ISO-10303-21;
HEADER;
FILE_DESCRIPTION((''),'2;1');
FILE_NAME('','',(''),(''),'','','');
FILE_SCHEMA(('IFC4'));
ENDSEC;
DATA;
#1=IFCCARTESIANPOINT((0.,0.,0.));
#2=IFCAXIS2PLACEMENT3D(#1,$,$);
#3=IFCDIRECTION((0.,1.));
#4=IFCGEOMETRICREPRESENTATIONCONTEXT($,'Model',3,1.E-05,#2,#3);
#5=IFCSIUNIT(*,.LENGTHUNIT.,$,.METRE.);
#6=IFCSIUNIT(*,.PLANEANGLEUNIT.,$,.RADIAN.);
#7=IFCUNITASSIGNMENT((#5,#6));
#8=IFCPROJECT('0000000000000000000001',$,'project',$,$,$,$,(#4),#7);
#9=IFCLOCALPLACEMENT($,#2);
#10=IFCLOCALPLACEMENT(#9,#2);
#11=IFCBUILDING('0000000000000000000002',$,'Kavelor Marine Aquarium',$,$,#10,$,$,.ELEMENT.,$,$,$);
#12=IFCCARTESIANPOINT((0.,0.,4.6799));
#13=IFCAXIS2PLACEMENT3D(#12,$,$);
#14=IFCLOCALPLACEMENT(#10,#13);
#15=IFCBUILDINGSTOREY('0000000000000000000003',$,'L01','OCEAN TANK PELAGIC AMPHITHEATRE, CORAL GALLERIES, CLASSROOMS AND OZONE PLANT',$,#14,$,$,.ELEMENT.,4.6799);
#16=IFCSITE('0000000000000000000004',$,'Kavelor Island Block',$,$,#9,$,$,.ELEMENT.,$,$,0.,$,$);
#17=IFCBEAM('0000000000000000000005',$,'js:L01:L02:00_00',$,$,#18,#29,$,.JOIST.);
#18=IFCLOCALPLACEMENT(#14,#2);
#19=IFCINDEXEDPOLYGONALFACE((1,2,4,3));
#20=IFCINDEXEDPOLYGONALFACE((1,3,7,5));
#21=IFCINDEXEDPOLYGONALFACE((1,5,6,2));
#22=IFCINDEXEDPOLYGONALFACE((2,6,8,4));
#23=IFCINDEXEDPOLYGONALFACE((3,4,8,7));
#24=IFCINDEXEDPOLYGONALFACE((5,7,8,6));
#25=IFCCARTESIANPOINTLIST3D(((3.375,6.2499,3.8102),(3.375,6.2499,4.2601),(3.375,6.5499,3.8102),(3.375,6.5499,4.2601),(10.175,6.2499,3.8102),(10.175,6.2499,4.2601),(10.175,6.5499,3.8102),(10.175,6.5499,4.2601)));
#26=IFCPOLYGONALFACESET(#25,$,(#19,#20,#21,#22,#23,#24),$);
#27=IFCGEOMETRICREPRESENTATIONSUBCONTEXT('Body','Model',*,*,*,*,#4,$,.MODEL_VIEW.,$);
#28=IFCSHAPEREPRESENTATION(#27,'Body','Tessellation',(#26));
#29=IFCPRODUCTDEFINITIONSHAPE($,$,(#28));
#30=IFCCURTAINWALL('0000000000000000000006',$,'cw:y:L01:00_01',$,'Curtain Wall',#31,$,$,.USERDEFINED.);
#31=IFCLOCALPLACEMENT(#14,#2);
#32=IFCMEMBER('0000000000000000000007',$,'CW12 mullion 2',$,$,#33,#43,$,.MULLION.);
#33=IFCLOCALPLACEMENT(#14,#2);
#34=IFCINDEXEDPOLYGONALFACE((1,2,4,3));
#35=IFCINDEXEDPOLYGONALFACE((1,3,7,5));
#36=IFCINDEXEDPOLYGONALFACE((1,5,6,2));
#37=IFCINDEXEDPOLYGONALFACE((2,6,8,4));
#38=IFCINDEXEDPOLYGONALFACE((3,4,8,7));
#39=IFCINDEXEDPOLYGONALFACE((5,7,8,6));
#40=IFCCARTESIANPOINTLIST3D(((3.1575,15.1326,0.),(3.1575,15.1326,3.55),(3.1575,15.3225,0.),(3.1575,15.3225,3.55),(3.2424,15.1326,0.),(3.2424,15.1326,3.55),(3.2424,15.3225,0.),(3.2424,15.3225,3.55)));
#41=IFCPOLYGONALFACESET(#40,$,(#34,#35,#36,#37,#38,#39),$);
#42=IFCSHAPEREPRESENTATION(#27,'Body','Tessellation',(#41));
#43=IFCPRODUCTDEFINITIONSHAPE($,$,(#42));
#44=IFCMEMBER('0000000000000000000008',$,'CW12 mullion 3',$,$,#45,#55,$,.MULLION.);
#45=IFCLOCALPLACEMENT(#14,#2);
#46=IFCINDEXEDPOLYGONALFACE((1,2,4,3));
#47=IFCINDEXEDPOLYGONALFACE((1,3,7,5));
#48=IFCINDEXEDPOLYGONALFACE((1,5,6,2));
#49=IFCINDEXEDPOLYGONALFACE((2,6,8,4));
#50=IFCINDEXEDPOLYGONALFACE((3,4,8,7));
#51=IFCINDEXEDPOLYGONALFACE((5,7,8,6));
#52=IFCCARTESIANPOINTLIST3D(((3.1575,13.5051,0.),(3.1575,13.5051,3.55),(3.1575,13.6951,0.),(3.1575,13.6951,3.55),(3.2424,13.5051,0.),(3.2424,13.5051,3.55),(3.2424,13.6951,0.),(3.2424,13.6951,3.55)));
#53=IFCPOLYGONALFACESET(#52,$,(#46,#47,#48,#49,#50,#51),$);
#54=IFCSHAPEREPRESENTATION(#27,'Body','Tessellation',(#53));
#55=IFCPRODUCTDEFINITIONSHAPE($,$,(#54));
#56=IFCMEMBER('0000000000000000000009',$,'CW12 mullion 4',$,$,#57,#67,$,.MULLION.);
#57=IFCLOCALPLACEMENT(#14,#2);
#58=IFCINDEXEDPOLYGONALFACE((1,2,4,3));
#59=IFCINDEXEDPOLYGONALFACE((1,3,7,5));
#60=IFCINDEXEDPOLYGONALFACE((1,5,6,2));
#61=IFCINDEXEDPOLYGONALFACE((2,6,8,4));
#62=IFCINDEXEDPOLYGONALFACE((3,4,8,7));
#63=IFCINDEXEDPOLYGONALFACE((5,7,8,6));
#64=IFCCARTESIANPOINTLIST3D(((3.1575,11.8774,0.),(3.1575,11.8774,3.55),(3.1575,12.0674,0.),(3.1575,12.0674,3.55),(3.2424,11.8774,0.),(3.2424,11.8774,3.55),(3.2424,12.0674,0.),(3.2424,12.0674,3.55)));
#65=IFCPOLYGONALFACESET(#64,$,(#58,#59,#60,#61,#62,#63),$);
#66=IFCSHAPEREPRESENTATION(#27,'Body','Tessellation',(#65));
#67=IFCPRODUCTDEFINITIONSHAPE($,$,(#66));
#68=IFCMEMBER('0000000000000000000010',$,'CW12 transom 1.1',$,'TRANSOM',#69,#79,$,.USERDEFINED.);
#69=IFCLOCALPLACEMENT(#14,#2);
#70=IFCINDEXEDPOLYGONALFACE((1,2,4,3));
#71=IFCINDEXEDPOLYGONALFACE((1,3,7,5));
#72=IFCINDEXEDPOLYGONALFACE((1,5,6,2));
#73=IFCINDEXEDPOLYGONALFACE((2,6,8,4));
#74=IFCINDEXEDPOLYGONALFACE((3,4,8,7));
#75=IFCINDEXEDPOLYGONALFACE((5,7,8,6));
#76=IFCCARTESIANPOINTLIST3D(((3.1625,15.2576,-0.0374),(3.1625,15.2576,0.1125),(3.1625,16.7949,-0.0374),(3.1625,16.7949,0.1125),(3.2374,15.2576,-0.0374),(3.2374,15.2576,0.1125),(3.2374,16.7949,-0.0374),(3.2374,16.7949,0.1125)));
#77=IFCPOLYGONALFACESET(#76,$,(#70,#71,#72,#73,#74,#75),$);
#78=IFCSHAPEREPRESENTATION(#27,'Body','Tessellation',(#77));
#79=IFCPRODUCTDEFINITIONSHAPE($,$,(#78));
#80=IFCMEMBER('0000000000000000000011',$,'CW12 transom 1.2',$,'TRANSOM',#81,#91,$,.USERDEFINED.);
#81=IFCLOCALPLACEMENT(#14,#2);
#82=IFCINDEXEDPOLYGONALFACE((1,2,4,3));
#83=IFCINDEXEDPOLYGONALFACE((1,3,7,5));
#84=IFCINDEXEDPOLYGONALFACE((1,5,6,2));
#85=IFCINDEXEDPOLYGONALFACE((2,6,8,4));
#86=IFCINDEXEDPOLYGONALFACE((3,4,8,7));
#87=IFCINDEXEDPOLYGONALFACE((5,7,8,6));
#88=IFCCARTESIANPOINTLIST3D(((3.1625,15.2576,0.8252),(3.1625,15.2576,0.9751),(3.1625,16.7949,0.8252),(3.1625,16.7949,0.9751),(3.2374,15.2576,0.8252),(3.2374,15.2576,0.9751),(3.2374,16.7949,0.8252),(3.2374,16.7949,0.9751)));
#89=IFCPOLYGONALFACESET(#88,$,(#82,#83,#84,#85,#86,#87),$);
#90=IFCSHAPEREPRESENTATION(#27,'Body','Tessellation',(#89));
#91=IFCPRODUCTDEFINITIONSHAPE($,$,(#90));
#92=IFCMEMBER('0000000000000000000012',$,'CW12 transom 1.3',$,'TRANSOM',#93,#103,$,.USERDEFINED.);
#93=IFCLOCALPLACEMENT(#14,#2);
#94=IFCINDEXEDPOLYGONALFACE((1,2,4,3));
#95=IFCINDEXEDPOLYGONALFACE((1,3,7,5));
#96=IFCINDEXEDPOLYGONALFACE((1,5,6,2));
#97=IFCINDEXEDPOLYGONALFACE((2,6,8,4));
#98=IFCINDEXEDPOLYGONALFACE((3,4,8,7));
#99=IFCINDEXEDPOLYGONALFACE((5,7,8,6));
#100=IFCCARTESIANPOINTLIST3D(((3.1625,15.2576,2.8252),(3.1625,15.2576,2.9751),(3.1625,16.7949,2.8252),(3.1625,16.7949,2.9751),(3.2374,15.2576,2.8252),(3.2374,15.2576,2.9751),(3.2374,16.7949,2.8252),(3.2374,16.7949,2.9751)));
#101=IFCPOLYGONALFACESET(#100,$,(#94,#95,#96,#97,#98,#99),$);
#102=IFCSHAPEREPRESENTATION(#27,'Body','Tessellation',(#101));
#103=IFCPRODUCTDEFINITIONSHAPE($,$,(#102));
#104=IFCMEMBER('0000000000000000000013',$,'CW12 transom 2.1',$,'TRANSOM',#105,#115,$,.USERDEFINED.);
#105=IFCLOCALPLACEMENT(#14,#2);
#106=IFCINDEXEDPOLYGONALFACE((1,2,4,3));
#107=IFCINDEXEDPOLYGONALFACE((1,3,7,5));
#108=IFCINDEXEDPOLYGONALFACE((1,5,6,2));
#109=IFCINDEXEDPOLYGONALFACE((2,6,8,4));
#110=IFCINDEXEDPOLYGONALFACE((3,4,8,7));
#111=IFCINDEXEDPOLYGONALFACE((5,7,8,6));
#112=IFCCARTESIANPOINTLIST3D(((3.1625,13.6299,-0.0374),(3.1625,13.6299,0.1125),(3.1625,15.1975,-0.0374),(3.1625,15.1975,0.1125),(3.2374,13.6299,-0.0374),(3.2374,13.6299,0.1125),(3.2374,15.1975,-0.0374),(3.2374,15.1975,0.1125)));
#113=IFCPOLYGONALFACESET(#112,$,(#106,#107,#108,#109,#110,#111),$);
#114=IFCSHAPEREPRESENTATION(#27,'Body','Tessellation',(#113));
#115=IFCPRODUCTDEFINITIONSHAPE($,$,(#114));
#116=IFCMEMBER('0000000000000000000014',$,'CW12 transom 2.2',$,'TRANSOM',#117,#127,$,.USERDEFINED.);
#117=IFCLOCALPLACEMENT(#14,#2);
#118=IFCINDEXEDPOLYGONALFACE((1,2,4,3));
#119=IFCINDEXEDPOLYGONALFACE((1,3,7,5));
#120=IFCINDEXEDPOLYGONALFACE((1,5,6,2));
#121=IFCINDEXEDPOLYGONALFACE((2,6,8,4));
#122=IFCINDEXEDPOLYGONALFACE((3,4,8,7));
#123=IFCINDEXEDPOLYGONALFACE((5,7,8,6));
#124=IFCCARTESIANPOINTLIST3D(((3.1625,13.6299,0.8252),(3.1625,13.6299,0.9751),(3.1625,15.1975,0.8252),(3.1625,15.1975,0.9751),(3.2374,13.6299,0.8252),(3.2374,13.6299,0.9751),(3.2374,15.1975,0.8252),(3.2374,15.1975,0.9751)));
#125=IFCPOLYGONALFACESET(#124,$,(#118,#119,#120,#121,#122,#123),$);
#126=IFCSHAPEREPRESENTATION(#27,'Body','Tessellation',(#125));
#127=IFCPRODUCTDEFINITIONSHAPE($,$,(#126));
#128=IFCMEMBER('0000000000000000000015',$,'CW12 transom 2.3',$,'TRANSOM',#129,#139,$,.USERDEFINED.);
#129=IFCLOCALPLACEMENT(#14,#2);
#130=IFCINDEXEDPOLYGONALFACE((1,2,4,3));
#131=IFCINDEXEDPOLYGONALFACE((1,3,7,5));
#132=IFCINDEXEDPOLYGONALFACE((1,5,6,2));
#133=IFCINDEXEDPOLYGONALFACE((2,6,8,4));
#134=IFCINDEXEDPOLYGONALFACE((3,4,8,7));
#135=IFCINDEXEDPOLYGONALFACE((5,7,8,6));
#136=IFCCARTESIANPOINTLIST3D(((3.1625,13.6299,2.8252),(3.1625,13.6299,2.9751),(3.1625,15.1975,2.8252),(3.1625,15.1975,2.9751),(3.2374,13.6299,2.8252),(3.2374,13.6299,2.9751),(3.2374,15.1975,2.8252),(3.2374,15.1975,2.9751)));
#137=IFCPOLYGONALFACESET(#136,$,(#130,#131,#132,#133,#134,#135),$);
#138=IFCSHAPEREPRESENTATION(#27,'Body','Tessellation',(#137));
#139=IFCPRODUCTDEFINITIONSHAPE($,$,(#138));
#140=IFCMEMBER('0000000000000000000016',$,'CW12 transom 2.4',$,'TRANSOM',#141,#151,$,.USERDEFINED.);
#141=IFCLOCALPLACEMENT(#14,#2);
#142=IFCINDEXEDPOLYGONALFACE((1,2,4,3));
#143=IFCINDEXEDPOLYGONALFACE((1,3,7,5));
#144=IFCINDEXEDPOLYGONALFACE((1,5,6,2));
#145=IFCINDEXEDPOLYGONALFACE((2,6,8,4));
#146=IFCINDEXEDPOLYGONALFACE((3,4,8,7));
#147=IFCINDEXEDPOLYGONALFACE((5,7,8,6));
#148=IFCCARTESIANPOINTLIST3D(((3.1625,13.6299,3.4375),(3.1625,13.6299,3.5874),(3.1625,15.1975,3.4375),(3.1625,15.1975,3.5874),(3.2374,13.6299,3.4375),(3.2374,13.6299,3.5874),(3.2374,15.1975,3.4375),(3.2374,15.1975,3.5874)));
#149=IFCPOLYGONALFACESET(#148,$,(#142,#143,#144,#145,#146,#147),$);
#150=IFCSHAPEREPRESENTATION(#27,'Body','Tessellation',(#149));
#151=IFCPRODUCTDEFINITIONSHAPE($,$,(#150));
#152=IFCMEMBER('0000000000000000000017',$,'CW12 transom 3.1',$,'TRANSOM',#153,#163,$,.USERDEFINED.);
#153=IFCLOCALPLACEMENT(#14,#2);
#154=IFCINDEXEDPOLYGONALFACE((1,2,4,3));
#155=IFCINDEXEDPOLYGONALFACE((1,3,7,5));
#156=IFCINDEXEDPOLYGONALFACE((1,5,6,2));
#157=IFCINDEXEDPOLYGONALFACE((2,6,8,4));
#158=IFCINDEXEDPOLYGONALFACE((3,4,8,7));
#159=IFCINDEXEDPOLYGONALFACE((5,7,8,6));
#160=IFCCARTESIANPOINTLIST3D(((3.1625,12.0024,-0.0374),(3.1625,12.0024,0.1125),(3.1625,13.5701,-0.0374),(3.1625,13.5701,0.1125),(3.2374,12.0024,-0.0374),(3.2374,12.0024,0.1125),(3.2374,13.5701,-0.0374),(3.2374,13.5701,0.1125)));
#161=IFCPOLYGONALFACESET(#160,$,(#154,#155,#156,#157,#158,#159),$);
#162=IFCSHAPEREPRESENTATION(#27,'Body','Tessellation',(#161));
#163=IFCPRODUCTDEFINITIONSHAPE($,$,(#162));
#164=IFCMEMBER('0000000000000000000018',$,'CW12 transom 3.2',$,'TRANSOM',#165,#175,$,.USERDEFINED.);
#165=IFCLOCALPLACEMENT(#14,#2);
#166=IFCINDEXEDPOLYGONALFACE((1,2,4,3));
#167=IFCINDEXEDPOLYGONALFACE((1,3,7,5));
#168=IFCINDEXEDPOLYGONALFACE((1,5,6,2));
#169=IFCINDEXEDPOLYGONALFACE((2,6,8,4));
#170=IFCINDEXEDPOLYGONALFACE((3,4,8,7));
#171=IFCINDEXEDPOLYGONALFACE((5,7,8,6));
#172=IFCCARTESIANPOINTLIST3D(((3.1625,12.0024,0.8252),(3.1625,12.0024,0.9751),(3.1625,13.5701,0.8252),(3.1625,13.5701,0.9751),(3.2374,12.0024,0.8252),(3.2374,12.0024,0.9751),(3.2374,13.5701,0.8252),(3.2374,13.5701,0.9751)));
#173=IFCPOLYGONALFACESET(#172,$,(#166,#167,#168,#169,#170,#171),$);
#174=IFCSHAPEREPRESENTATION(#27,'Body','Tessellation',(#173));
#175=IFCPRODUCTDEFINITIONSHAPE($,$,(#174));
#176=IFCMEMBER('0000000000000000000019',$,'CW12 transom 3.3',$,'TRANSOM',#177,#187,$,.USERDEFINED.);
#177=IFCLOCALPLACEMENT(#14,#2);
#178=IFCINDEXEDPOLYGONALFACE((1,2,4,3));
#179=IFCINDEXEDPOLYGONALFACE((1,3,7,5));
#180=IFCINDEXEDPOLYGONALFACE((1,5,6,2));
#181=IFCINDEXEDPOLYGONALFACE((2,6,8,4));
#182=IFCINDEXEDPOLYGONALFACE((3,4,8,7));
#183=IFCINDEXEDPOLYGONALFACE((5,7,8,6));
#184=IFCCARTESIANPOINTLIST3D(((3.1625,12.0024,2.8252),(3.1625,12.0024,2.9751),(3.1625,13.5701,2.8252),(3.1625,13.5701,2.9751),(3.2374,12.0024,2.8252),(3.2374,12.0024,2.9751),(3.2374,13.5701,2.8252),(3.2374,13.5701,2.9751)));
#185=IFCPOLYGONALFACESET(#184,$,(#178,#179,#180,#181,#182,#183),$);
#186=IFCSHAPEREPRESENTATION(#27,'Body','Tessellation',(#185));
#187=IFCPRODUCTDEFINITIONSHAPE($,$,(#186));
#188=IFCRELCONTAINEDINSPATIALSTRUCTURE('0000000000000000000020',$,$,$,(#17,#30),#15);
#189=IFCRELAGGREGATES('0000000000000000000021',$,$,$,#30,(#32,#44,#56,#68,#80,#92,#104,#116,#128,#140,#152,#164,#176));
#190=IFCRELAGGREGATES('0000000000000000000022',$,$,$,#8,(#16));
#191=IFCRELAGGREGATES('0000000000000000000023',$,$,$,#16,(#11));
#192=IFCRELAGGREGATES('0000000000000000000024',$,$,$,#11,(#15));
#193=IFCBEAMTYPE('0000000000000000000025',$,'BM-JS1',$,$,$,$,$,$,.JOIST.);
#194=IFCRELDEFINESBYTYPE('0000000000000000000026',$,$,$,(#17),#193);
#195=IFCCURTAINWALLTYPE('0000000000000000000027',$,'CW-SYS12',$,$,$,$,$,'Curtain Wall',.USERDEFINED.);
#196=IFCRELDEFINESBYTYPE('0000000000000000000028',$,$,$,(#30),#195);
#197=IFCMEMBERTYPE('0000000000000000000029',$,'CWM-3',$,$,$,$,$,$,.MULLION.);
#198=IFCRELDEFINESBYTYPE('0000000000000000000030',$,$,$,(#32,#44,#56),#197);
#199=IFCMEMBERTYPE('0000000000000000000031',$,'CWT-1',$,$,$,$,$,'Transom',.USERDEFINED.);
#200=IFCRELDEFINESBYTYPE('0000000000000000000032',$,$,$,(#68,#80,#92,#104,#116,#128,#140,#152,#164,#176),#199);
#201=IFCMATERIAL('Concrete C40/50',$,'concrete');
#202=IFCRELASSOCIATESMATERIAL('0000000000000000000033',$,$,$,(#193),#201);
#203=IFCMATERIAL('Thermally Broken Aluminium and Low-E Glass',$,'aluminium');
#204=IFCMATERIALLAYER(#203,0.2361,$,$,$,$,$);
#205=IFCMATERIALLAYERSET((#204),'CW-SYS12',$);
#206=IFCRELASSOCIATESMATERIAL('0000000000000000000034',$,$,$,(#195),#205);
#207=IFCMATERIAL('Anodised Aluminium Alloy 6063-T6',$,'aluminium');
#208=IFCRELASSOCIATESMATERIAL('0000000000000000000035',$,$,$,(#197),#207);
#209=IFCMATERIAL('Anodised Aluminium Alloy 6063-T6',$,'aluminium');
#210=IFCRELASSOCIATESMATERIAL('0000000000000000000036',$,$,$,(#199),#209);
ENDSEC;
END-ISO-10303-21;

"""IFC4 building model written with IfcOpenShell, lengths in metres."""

from ifc_helpers import new_model, si_unit, direction, frame, origin, origin_2d, place, context, subcontext, project, spatial, rectangle, extrude, material, layer, layer_set, material_profile, profile_set, type_object, element, aggregate, save


model = new_model("IFC4")

# Units and contexts
model_context = context("Model", 3, precision=1e-05, world=origin(), true_north=direction((0.0, 1.0)))
body_context = subcontext(model_context, "Body", "Model", "MODEL_VIEW")
ifc_project = project(units=[si_unit("LENGTHUNIT", "METRE"), si_unit("PLANEANGLEUNIT", "RADIAN")], contexts=[model_context])

# Site, building, storey
site_placement = place(None, origin())
site = spatial("IfcSite", under=ifc_project, at=site_placement, Name="Kavelor Island Block", CompositionType="ELEMENT", RefElevation=0.0)
building_placement = place(site_placement, origin())
building = spatial("IfcBuilding", under=site, at=building_placement, Name="Kavelor Marine Aquarium", CompositionType="ELEMENT")
storey_placement = place(building_placement, frame((0.0, 0.0, 4.6799)))
storey = spatial("IfcBuildingStorey", under=building, at=storey_placement, Name="L01", Description="OCEAN TANK PELAGIC AMPHITHEATRE, CORAL GALLERIES, CLASSROOMS AND OZONE PLANT", CompositionType="ELEMENT", Elevation=4.6799)

# Beam
ifc_material_1 = material(Name="Concrete C40/50", Category="concrete")
ifc_material_profile_1 = material_profile(ifc_material_1, rectangle(XDim=0.3, YDim=0.45, at=origin_2d()), Name="RC-JS 300x450")
ifc_profile_set_1 = profile_set([ifc_material_profile_1], Name="Concrete C40/50")
beam_type = type_object("IfcBeamType", Name="BM-JS1", PredefinedType="JOIST", material=ifc_profile_set_1)
beam_placement = place(storey_placement, frame((3.375, 6.3999, 4.0352), z_axis=(1.0, 0.0, 0.0), x_axis=(0.0, 1.0, 0.0)))
element("IfcBeam", 1, at=beam_placement, inside=storey, type_object=beam_type, Name="js:L01:L02:00_00", PredefinedType="JOIST", context=body_context, shape_type="SweptSolid", body=[
    extrude(rectangle(XDim=0.3, YDim=0.45, at=origin_2d()), origin(), (0.0, 0.0, 1.0), 6.8),
])

# Curtain wall, members
ifc_material_2 = material(Name="Thermally Broken Aluminium and Low-E Glass", Category="aluminium")
ifc_layer_1 = layer(ifc_material_2, 0.2361)
ifc_layer_set_1 = layer_set([ifc_layer_1], Name="CW-SYS12")
curtain_wall_type = type_object("IfcCurtainWallType", Name="CW-SYS12", ElementType="Curtain Wall", PredefinedType="USERDEFINED", material=ifc_layer_set_1)
curtain_wall_placement = place(storey_placement, origin())
curtain_wall = element("IfcCurtainWall", 2, at=curtain_wall_placement, inside=storey, type_object=curtain_wall_type, Name="cw:y:L01:00_01", ObjectType="Curtain Wall", PredefinedType="USERDEFINED")
ifc_material_3 = material(Name="Anodised Aluminium Alloy 6063-T6", Category="aluminium")
ifc_material_profile_2 = material_profile(ifc_material_3, rectangle(XDim=0.085, YDim=0.1899, at=origin_2d()), Name="CW-MUL 85x190")
ifc_profile_set_2 = profile_set([ifc_material_profile_2], Name="Anodised Aluminium Alloy 6063-T6")
member_type_1 = type_object("IfcMemberType", Name="CWM-3", PredefinedType="MULLION", material=ifc_profile_set_2)
member_1_placement = place(storey_placement, frame((3.2, 15.2275, 0.0), z_axis=(0.0, 0.0, 1.0), x_axis=(1.0, 0.0, 0.0)))
member_1 = element("IfcMember", 3, at=member_1_placement, type_object=member_type_1, Name="CW12 mullion 2", PredefinedType="MULLION", context=body_context, shape_type="SweptSolid", body=[
    extrude(rectangle(XDim=0.085, YDim=0.1899, at=origin_2d()), origin(), (0.0, 0.0, 1.0), 3.55),
])
member_2_placement = place(storey_placement, frame((3.2, 13.6001, 0.0), z_axis=(0.0, 0.0, 1.0), x_axis=(1.0, 0.0, 0.0)))
member_2 = element("IfcMember", 4, at=member_2_placement, type_object=member_type_1, Name="CW12 mullion 3", PredefinedType="MULLION", context=body_context, shape_type="SweptSolid", body=[
    extrude(rectangle(XDim=0.085, YDim=0.1899, at=origin_2d()), origin(), (0.0, 0.0, 1.0), 3.55),
])
member_3_placement = place(storey_placement, frame((3.2, 11.9724, 0.0), z_axis=(0.0, 0.0, 1.0), x_axis=(1.0, 0.0, 0.0)))
member_3 = element("IfcMember", 5, at=member_3_placement, type_object=member_type_1, Name="CW12 mullion 4", PredefinedType="MULLION", context=body_context, shape_type="SweptSolid", body=[
    extrude(rectangle(XDim=0.085, YDim=0.1899, at=origin_2d()), origin(), (0.0, 0.0, 1.0), 3.55),
])
ifc_material_4 = material(Name="Anodised Aluminium Alloy 6063-T6", Category="aluminium")
ifc_material_profile_3 = material_profile(ifc_material_4, rectangle(XDim=0.075, YDim=0.1499, at=origin_2d()), Name="CW-TRN 75x150")
ifc_profile_set_3 = profile_set([ifc_material_profile_3], Name="Anodised Aluminium Alloy 6063-T6")
member_type_2 = type_object("IfcMemberType", Name="CWT-1", ElementType="Transom", PredefinedType="USERDEFINED", material=ifc_profile_set_3)
member_4_placement = place(storey_placement, frame((3.2, 16.7949, 0.0376), z_axis=(0.0, -1.0, 0.0), x_axis=(1.0, 0.0, 0.0)))
member_4 = element("IfcMember", 6, at=member_4_placement, type_object=member_type_2, Name="CW12 transom 1.1", ObjectType="TRANSOM", PredefinedType="USERDEFINED", context=body_context, shape_type="SweptSolid", body=[
    extrude(rectangle(XDim=0.075, YDim=0.1499, at=origin_2d()), origin(), (0.0, 0.0, 1.0), 1.5374),
])
member_5_placement = place(storey_placement, frame((3.2, 16.7949, 0.9001), z_axis=(0.0, -1.0, 0.0), x_axis=(1.0, 0.0, 0.0)))
member_5 = element("IfcMember", 7, at=member_5_placement, type_object=member_type_2, Name="CW12 transom 1.2", ObjectType="TRANSOM", PredefinedType="USERDEFINED", context=body_context, shape_type="SweptSolid", body=[
    extrude(rectangle(XDim=0.075, YDim=0.1499, at=origin_2d()), origin(), (0.0, 0.0, 1.0), 1.5374),
])
member_6_placement = place(storey_placement, frame((3.2, 16.7949, 2.9001), z_axis=(0.0, -1.0, 0.0), x_axis=(1.0, 0.0, 0.0)))
member_6 = element("IfcMember", 8, at=member_6_placement, type_object=member_type_2, Name="CW12 transom 1.3", ObjectType="TRANSOM", PredefinedType="USERDEFINED", context=body_context, shape_type="SweptSolid", body=[
    extrude(rectangle(XDim=0.075, YDim=0.1499, at=origin_2d()), origin(), (0.0, 0.0, 1.0), 1.5374),
])
member_7_placement = place(storey_placement, frame((3.2, 15.1975, 0.0376), z_axis=(0.0, -1.0, 0.0), x_axis=(1.0, 0.0, 0.0)))
member_7 = element("IfcMember", 9, at=member_7_placement, type_object=member_type_2, Name="CW12 transom 2.1", ObjectType="TRANSOM", PredefinedType="USERDEFINED", context=body_context, shape_type="SweptSolid", body=[
    extrude(rectangle(XDim=0.075, YDim=0.1499, at=origin_2d()), origin(), (0.0, 0.0, 1.0), 1.5676),
])
member_8_placement = place(storey_placement, frame((3.2, 15.1975, 0.9001), z_axis=(0.0, -1.0, 0.0), x_axis=(1.0, 0.0, 0.0)))
member_8 = element("IfcMember", 10, at=member_8_placement, type_object=member_type_2, Name="CW12 transom 2.2", ObjectType="TRANSOM", PredefinedType="USERDEFINED", context=body_context, shape_type="SweptSolid", body=[
    extrude(rectangle(XDim=0.075, YDim=0.1499, at=origin_2d()), origin(), (0.0, 0.0, 1.0), 1.5676),
])
member_9_placement = place(storey_placement, frame((3.2, 15.1975, 2.9001), z_axis=(0.0, -1.0, 0.0), x_axis=(1.0, 0.0, 0.0)))
member_9 = element("IfcMember", 11, at=member_9_placement, type_object=member_type_2, Name="CW12 transom 2.3", ObjectType="TRANSOM", PredefinedType="USERDEFINED", context=body_context, shape_type="SweptSolid", body=[
    extrude(rectangle(XDim=0.075, YDim=0.1499, at=origin_2d()), origin(), (0.0, 0.0, 1.0), 1.5676),
])
member_10_placement = place(storey_placement, frame((3.2, 15.1975, 3.5125), z_axis=(0.0, -1.0, 0.0), x_axis=(1.0, 0.0, 0.0)))
member_10 = element("IfcMember", 12, at=member_10_placement, type_object=member_type_2, Name="CW12 transom 2.4", ObjectType="TRANSOM", PredefinedType="USERDEFINED", context=body_context, shape_type="SweptSolid", body=[
    extrude(rectangle(XDim=0.075, YDim=0.1499, at=origin_2d()), origin(), (0.0, 0.0, 1.0), 1.5676),
])
member_11_placement = place(storey_placement, frame((3.2, 13.5701, 0.0376), z_axis=(0.0, -1.0, 0.0), x_axis=(1.0, 0.0, 0.0)))
member_11 = element("IfcMember", 13, at=member_11_placement, type_object=member_type_2, Name="CW12 transom 3.1", ObjectType="TRANSOM", PredefinedType="USERDEFINED", context=body_context, shape_type="SweptSolid", body=[
    extrude(rectangle(XDim=0.075, YDim=0.1499, at=origin_2d()), origin(), (0.0, 0.0, 1.0), 1.5676),
])
member_12_placement = place(storey_placement, frame((3.2, 13.5701, 0.9001), z_axis=(0.0, -1.0, 0.0), x_axis=(1.0, 0.0, 0.0)))
member_12 = element("IfcMember", 14, at=member_12_placement, type_object=member_type_2, Name="CW12 transom 3.2", ObjectType="TRANSOM", PredefinedType="USERDEFINED", context=body_context, shape_type="SweptSolid", body=[
    extrude(rectangle(XDim=0.075, YDim=0.1499, at=origin_2d()), origin(), (0.0, 0.0, 1.0), 1.5676),
])
member_13_placement = place(storey_placement, frame((3.2, 13.5701, 2.9001), z_axis=(0.0, -1.0, 0.0), x_axis=(1.0, 0.0, 0.0)))
member_13 = element("IfcMember", 15, at=member_13_placement, type_object=member_type_2, Name="CW12 transom 3.3", ObjectType="TRANSOM", PredefinedType="USERDEFINED", context=body_context, shape_type="SweptSolid", body=[
    extrude(rectangle(XDim=0.075, YDim=0.1499, at=origin_2d()), origin(), (0.0, 0.0, 1.0), 1.5676),
])
aggregate(curtain_wall, [member_1, member_2, member_3, member_4, member_5, member_6, member_7, member_8, member_9, member_10, member_11, member_12, member_13])

save(model, "model.ifc")
